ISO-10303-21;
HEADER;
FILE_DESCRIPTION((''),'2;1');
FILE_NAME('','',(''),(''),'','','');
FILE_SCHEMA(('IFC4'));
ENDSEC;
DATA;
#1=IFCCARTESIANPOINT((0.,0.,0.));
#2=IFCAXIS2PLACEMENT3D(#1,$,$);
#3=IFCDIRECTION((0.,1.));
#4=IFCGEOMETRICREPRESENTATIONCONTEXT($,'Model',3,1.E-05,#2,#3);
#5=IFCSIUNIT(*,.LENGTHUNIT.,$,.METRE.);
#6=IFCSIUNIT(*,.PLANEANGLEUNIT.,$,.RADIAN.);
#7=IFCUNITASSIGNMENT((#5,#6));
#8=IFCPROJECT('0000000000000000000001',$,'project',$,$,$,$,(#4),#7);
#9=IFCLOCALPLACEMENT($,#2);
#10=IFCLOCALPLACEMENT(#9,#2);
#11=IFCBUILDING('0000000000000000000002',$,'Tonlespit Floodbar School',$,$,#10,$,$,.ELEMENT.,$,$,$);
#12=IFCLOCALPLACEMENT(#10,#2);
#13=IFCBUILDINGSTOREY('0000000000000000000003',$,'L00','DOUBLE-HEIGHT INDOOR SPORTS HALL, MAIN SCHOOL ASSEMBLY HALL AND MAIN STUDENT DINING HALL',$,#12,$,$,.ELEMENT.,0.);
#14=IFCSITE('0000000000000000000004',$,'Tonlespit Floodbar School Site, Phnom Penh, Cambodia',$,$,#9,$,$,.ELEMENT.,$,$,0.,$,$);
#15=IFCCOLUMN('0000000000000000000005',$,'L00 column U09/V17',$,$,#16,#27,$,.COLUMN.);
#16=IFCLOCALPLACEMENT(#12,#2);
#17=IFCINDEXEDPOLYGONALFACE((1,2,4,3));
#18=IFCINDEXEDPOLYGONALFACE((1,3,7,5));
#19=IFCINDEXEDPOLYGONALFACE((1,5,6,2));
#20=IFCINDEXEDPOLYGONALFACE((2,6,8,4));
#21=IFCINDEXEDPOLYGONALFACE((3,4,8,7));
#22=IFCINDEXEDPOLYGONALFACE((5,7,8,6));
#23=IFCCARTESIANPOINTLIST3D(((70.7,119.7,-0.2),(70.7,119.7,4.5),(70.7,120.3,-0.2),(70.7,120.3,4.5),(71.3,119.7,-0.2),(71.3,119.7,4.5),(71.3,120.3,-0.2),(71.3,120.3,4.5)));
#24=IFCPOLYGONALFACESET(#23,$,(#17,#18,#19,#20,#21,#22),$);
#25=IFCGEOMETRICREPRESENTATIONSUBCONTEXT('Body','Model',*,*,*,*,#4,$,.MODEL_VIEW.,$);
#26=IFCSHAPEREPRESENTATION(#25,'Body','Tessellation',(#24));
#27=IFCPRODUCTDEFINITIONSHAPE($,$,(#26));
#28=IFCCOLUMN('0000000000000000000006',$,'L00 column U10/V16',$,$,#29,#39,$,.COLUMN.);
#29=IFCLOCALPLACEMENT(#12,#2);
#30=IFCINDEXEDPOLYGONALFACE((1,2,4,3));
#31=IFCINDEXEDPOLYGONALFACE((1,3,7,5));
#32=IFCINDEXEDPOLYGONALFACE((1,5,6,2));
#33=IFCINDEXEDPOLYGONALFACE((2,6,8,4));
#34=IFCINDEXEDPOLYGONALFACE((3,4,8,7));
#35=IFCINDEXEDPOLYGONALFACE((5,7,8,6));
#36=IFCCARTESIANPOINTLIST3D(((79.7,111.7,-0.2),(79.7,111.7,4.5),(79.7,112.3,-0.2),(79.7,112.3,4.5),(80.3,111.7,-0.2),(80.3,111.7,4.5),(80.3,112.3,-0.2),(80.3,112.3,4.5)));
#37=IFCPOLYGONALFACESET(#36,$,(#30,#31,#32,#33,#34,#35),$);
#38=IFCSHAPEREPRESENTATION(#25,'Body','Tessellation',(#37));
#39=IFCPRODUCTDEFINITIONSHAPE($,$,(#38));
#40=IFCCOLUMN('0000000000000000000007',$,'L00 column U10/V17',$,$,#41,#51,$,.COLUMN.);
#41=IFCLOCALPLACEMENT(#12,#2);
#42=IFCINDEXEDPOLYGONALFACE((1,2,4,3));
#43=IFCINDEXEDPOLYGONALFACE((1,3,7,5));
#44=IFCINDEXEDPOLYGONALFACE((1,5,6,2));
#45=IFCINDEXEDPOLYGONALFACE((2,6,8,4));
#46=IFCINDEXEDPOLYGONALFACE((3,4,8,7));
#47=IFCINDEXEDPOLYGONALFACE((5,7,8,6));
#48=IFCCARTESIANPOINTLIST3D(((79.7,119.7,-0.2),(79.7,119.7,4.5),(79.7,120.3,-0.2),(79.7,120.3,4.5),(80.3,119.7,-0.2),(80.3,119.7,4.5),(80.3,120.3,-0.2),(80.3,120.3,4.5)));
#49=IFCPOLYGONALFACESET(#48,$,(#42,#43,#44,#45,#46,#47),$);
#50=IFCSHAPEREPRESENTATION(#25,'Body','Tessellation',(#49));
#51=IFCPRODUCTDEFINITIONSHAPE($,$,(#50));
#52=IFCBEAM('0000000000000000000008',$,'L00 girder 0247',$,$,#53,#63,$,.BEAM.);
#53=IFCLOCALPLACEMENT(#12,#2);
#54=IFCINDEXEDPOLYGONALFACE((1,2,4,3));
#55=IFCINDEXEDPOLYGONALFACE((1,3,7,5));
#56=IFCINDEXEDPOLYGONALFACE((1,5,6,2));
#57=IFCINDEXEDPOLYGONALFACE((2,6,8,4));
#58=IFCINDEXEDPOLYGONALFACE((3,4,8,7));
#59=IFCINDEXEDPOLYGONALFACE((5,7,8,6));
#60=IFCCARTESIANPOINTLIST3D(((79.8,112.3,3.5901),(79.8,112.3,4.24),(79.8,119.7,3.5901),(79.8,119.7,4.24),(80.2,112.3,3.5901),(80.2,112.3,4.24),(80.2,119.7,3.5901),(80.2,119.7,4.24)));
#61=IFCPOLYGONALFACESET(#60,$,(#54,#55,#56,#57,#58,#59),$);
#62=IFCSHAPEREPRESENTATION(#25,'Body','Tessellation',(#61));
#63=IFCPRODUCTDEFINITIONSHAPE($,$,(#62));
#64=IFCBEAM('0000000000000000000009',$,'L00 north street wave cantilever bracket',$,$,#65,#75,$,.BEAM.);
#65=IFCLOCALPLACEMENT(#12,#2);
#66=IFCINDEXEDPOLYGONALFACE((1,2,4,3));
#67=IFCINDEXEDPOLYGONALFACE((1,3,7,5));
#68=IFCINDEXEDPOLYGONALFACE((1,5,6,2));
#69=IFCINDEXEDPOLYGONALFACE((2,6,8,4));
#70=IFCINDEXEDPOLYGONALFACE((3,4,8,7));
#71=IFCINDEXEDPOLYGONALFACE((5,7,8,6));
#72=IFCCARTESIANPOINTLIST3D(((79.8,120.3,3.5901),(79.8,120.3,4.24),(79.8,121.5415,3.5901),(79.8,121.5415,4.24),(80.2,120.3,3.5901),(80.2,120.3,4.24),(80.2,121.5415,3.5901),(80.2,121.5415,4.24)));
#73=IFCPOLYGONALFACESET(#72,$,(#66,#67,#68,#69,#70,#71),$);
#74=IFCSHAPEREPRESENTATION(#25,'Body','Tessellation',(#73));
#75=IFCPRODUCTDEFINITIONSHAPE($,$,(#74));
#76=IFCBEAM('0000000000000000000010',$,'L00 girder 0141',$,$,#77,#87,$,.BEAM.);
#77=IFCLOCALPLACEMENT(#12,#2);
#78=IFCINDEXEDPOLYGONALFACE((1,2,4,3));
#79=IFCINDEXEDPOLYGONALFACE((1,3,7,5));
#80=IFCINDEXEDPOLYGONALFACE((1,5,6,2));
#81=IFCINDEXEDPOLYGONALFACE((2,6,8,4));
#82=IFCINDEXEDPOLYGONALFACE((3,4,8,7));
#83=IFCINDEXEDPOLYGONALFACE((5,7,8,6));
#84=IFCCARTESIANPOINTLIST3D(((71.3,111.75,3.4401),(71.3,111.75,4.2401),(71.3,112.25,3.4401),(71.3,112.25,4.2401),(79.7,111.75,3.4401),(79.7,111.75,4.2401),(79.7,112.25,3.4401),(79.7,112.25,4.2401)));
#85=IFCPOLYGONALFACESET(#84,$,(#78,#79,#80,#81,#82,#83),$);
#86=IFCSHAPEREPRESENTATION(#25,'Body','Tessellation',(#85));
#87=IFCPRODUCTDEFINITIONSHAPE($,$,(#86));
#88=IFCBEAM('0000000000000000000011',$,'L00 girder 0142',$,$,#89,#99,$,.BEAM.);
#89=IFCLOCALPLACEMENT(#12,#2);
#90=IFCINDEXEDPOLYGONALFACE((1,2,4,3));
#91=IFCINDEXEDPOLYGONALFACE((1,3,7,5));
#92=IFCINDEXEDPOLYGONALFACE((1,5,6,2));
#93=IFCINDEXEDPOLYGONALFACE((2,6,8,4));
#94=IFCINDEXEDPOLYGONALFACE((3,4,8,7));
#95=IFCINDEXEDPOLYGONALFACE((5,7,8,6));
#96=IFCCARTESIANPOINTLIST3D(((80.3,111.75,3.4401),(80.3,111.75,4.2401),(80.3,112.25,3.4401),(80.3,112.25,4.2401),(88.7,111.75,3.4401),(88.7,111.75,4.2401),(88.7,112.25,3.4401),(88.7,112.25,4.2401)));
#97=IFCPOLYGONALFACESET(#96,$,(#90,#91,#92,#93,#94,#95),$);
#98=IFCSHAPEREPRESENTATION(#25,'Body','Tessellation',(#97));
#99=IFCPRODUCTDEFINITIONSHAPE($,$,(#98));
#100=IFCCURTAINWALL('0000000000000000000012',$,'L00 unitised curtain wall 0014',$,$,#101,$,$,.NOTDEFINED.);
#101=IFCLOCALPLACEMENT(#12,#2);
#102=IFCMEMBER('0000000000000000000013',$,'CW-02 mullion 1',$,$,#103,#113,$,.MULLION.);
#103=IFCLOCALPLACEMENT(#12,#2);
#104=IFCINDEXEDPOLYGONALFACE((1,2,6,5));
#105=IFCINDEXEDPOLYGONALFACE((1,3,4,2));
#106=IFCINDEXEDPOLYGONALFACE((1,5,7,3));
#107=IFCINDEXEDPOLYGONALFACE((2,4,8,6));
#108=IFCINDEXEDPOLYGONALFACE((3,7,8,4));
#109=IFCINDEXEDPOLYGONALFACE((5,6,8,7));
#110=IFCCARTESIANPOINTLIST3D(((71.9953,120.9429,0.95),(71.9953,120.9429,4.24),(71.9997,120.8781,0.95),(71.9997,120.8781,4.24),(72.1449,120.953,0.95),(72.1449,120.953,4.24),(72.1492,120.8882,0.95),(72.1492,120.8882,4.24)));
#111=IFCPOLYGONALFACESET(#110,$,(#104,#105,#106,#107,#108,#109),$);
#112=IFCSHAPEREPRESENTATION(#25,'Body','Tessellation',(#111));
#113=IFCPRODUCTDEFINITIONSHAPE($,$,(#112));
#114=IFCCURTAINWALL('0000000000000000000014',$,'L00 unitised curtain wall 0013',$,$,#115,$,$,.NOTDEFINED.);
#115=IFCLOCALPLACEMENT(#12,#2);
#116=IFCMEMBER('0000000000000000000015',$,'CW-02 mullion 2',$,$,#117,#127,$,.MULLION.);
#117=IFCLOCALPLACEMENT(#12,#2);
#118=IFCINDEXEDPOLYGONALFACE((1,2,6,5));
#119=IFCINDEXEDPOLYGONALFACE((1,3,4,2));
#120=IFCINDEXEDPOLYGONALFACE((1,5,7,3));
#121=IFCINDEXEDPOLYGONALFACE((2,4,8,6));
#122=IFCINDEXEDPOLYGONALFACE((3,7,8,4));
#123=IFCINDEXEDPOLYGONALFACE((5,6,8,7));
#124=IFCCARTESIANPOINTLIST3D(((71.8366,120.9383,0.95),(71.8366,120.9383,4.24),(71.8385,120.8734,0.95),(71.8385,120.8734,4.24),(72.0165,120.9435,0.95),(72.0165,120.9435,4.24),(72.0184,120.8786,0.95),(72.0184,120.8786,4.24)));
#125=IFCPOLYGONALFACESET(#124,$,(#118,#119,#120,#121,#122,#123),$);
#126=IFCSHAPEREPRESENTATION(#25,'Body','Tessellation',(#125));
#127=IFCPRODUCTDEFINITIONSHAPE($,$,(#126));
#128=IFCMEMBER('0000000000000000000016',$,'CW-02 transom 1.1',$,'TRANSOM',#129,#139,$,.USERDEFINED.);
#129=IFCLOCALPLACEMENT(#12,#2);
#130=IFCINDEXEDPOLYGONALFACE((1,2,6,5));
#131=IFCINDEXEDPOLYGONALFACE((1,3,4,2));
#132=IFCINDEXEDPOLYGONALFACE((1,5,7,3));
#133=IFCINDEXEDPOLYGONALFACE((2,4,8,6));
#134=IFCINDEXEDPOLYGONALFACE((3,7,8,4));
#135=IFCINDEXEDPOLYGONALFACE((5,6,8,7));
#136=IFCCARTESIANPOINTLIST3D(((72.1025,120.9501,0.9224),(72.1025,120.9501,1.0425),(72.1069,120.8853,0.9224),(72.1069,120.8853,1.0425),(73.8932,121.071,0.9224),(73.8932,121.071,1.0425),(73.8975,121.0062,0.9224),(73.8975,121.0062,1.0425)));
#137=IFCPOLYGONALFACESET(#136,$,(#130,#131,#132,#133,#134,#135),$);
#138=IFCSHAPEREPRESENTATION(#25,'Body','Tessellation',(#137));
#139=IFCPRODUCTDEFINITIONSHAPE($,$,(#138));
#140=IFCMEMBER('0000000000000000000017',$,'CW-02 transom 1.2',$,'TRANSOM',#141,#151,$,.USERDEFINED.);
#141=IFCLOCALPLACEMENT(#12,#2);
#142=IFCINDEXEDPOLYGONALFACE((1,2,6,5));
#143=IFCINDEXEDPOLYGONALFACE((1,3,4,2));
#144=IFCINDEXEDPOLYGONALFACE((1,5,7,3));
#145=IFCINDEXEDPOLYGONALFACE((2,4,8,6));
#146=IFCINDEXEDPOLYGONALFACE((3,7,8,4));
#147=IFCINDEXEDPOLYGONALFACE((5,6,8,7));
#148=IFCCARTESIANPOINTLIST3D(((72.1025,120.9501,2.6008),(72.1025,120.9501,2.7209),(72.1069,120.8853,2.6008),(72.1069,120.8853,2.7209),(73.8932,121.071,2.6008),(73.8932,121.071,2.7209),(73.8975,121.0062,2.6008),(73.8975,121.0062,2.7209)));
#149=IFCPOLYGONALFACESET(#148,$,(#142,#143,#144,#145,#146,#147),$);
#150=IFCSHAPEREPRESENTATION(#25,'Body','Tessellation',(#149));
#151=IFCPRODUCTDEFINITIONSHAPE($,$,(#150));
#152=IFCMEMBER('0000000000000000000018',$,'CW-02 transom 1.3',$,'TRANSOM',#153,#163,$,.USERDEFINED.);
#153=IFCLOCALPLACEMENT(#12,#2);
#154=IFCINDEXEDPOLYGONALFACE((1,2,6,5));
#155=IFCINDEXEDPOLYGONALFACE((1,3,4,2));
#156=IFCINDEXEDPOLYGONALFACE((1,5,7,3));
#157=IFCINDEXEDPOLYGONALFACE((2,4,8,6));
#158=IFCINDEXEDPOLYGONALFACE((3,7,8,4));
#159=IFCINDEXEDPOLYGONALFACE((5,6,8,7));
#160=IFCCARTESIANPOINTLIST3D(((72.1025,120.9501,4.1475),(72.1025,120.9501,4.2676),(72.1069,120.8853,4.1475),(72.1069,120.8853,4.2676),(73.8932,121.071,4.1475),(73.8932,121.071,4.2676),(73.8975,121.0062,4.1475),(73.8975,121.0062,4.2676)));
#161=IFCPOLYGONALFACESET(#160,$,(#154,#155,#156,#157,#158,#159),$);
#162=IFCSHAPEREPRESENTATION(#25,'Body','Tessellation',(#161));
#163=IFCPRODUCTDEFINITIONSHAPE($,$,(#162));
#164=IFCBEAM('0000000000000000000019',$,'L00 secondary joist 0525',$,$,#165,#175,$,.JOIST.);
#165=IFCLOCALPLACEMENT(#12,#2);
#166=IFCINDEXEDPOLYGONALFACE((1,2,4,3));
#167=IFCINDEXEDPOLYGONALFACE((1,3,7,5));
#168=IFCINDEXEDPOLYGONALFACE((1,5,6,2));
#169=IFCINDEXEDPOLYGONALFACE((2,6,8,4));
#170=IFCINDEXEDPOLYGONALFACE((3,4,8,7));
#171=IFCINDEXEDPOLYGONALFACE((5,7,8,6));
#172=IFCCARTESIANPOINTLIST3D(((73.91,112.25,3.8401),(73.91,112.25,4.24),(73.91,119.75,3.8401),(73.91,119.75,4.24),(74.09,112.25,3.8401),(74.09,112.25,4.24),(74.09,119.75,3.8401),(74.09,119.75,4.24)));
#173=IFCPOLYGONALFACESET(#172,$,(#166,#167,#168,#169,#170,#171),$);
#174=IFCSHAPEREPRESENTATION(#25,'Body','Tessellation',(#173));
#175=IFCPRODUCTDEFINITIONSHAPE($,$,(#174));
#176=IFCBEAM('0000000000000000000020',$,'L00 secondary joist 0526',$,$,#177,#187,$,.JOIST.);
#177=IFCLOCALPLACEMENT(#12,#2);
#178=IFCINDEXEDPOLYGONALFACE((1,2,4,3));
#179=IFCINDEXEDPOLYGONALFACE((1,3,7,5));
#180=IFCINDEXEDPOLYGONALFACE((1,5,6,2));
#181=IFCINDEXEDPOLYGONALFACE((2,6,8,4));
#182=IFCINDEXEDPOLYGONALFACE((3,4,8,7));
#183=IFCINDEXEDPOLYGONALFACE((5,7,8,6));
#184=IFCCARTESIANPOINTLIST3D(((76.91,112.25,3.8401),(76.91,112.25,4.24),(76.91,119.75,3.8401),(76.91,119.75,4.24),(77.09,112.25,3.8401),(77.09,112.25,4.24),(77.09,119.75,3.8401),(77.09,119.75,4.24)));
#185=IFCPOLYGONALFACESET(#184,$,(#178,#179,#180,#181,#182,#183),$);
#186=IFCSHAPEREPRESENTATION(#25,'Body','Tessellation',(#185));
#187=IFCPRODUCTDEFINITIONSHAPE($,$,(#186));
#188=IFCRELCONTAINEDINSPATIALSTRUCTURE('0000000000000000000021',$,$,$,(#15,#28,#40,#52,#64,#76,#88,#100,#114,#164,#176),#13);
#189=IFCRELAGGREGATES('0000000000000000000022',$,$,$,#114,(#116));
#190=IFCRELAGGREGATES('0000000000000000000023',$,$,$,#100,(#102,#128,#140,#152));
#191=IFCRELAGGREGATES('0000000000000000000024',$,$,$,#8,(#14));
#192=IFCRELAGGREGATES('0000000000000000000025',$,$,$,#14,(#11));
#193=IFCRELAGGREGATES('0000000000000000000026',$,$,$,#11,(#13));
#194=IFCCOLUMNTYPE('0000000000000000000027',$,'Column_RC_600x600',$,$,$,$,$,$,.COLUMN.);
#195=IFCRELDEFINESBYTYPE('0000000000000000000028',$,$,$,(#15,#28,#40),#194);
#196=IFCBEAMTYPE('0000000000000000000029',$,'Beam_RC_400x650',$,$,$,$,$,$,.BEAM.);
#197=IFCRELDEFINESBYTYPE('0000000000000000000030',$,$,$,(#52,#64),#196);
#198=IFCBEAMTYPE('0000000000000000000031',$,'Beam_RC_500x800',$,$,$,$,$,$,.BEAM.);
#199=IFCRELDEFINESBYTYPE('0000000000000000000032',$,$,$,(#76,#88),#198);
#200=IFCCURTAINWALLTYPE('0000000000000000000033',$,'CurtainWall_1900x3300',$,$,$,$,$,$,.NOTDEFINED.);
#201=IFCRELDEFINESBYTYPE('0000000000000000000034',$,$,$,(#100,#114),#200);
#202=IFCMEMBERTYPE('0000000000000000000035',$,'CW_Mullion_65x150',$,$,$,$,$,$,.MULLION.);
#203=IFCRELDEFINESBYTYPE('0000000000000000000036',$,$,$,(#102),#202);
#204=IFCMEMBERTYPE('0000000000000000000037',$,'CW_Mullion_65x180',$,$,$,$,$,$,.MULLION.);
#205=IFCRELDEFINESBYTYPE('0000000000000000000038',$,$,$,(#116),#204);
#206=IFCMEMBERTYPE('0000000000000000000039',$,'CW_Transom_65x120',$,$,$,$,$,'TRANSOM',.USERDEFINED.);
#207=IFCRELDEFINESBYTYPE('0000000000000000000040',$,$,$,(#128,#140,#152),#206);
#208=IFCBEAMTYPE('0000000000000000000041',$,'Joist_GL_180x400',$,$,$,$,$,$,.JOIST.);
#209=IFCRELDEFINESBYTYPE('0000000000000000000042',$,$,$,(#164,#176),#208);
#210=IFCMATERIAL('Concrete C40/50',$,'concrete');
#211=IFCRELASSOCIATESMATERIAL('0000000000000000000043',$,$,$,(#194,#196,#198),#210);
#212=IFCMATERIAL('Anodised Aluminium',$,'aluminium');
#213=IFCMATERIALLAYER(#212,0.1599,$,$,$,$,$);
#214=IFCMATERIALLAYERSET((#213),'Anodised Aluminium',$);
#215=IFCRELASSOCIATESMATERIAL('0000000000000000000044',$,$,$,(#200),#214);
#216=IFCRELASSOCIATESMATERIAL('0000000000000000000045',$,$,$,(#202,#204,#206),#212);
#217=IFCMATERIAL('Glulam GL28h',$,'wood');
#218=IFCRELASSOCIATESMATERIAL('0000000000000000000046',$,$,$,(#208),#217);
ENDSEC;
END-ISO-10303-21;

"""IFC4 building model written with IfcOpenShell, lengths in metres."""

from ifc_helpers import new_model, si_unit, direction, frame, origin, origin_2d, place, context, subcontext, project, spatial, rectangle, extrude, material, layer, layer_set, material_profile, profile_set, type_object, element, aggregate, save


model = new_model("IFC4")

# Units and contexts
model_context = context("Model", 3, precision=1e-05, world=origin(), true_north=direction((0.0, 1.0)))
body_context = subcontext(model_context, "Body", "Model", "MODEL_VIEW")
ifc_project = project(units=[si_unit("LENGTHUNIT", "METRE"), si_unit("PLANEANGLEUNIT", "RADIAN")], contexts=[model_context])

# Site, building, storey
site_placement = place(None, origin())
site = spatial("IfcSite", under=ifc_project, at=site_placement, Name="Tonlespit Floodbar School Site, Phnom Penh, Cambodia", CompositionType="ELEMENT", RefElevation=0.0)
building_placement = place(site_placement, origin())
building = spatial("IfcBuilding", under=site, at=building_placement, Name="Tonlespit Floodbar School", CompositionType="ELEMENT")
storey_placement = place(building_placement, origin())
storey = spatial("IfcBuildingStorey", under=building, at=storey_placement, Name="L00", Description="DOUBLE-HEIGHT INDOOR SPORTS HALL, MAIN SCHOOL ASSEMBLY HALL AND MAIN STUDENT DINING HALL", CompositionType="ELEMENT", Elevation=0.0)

# Shared definitions
ifc_material_1 = material(Name="Concrete C40/50", Category="concrete")

# Columns
ifc_material_profile_1 = material_profile(ifc_material_1, rectangle(XDim=0.6001, YDim=0.6001, at=origin_2d()), Name="RC 600x600")
ifc_profile_set_1 = profile_set([ifc_material_profile_1], Name="Concrete C40/50")
column_type = type_object("IfcColumnType", Name="Column_RC_600x600", PredefinedType="COLUMN", material=ifc_profile_set_1)
for number, where, z_axis, x_axis, name in (
    (1, (71.0, 120.0, -0.2), (0.0, 0.0, 1.0), (1.0, 0.0, 0.0), "L00 column U09/V17"),
    (2, (80.0, 112.0, -0.2), (0.0, 0.0, 1.0), (1.0, 0.0, 0.0), "L00 column U10/V16"),
    (3, (80.0, 120.0, -0.2), (0.0, 0.0, 1.0), (1.0, 0.0, 0.0), "L00 column U10/V17"),
):
    element("IfcColumn", number, at=place(storey_placement, frame(where, z_axis=z_axis, x_axis=x_axis)), inside=storey, type_object=column_type, Name=name, PredefinedType="COLUMN", context=body_context, shape_type="SweptSolid", body=[
        extrude(rectangle(XDim=0.6001, YDim=0.6001, at=origin_2d()), origin(), (0.0, 0.0, 1.0), 4.7),
    ])

# Beams
ifc_material_profile_2 = material_profile(ifc_material_1, rectangle(XDim=0.3999, YDim=0.6499, at=origin_2d()), Name="RC 400x650")
ifc_profile_set_2 = profile_set([ifc_material_profile_2], Name="Concrete C40/50")
beam_type_1 = type_object("IfcBeamType", Name="Beam_RC_400x650", PredefinedType="BEAM", material=ifc_profile_set_2)
beam_1_placement = place(storey_placement, frame((80.0, 112.3, 3.915), z_axis=(0.0, 1.0, 0.0), x_axis=(-1.0, 0.0, 0.0)))
element("IfcBeam", 4, at=beam_1_placement, inside=storey, type_object=beam_type_1, Name="L00 girder 0247", PredefinedType="BEAM", context=body_context, shape_type="SweptSolid", body=[
    extrude(rectangle(XDim=0.3999, YDim=0.6499, at=origin_2d()), origin(), (0.0, 0.0, 1.0), 7.3999),
])
beam_2_placement = place(storey_placement, frame((80.0, 120.3, 3.915), z_axis=(0.0, 1.0, 0.0), x_axis=(-1.0, 0.0, 0.0)))
element("IfcBeam", 5, at=beam_2_placement, inside=storey, type_object=beam_type_1, Name="L00 north street wave cantilever bracket", PredefinedType="BEAM", context=body_context, shape_type="SweptSolid", body=[
    extrude(rectangle(XDim=0.3999, YDim=0.6499, at=origin_2d()), origin(), (0.0, 0.0, 1.0), 1.2415),
])
ifc_material_profile_3 = material_profile(ifc_material_1, rectangle(XDim=0.5, YDim=0.8, at=origin_2d()), Name="RC 500x800")
ifc_profile_set_3 = profile_set([ifc_material_profile_3], Name="Concrete C40/50")
beam_type_2 = type_object("IfcBeamType", Name="Beam_RC_500x800", PredefinedType="BEAM", material=ifc_profile_set_3)
for number, where, z_axis, x_axis, name in (
    (6, (71.3, 112.0, 3.8401), (1.0, 0.0, 0.0), (0.0, 1.0, 0.0), "L00 girder 0141"),
    (7, (80.3, 112.0, 3.8401), (1.0, 0.0, 0.0), (0.0, 1.0, 0.0), "L00 girder 0142"),
):
    element("IfcBeam", number, at=place(storey_placement, frame(where, z_axis=z_axis, x_axis=x_axis)), inside=storey, type_object=beam_type_2, Name=name, PredefinedType="BEAM", context=body_context, shape_type="SweptSolid", body=[
        extrude(rectangle(XDim=0.5, YDim=0.8, at=origin_2d()), origin(), (0.0, 0.0, 1.0), 8.3999),
    ])

# Curtain walls, members
ifc_material_2 = material(Name="Anodised Aluminium", Category="aluminium")
ifc_layer_1 = layer(ifc_material_2, 0.1599)
ifc_layer_set_1 = layer_set([ifc_layer_1], Name="Anodised Aluminium")
curtain_wall_type = type_object("IfcCurtainWallType", Name="CurtainWall_1900x3300", PredefinedType="NOTDEFINED", material=ifc_layer_set_1)
curtain_wall_1_placement = place(storey_placement, origin())
curtain_wall_1 = element("IfcCurtainWall", 8, at=curtain_wall_1_placement, inside=storey, type_object=curtain_wall_type, Name="L00 unitised curtain wall 0014", PredefinedType="NOTDEFINED")
ifc_material_profile_4 = material_profile(ifc_material_2, rectangle(XDim=0.0649, YDim=0.1499, at=origin_2d()), Name="ALU M65x150")
ifc_profile_set_4 = profile_set([ifc_material_profile_4], Name="Anodised Aluminium")
member_type_1 = type_object("IfcMemberType", Name="CW_Mullion_65x150", PredefinedType="MULLION", material=ifc_profile_set_4)
member_1_placement = place(storey_placement, frame((72.0723, 120.9155, 0.95), z_axis=(0.0, 0.0, 1.0), x_axis=(-0.06734, 0.99773, 0.0)))
member_1 = element("IfcMember", 9, at=member_1_placement, type_object=member_type_1, Name="CW-02 mullion 1", PredefinedType="MULLION", context=body_context, shape_type="SweptSolid", body=[
    extrude(rectangle(XDim=0.0649, YDim=0.1499, at=origin_2d()), origin(), (0.0, 0.0, 1.0), 3.29),
])
curtain_wall_2_placement = place(storey_placement, origin())
curtain_wall_2 = element("IfcCurtainWall", 10, at=curtain_wall_2_placement, inside=storey, type_object=curtain_wall_type, Name="L00 unitised curtain wall 0013", PredefinedType="NOTDEFINED")
ifc_material_profile_5 = material_profile(ifc_material_2, rectangle(XDim=0.0649, YDim=0.1799, at=origin_2d()), Name="ALU M65x180")
ifc_profile_set_5 = profile_set([ifc_material_profile_5], Name="Anodised Aluminium")
member_type_2 = type_object("IfcMemberType", Name="CW_Mullion_65x180", PredefinedType="MULLION", material=ifc_profile_set_5)
member_2_placement = place(storey_placement, frame((71.9275, 120.9084, 0.95), z_axis=(0.0, 0.0, 1.0), x_axis=(-0.02879, 0.999585, 0.0)))
member_2 = element("IfcMember", 11, at=member_2_placement, type_object=member_type_2, Name="CW-02 mullion 2", PredefinedType="MULLION", context=body_context, shape_type="SweptSolid", body=[
    extrude(rectangle(XDim=0.0649, YDim=0.1799, at=origin_2d()), origin(), (0.0, 0.0, 1.0), 3.29),
])

# Members
ifc_material_profile_6 = material_profile(ifc_material_2, rectangle(XDim=0.0649, YDim=0.1201, at=origin_2d()), Name="ALU T65x120")
ifc_profile_set_6 = profile_set([ifc_material_profile_6], Name="Anodised Aluminium")
member_type_3 = type_object("IfcMemberType", Name="CW_Transom_65x120", ElementType="TRANSOM", PredefinedType="USERDEFINED", material=ifc_profile_set_6)
member_3_placement = place(storey_placement, frame((72.1047, 120.9177, 0.9824), z_axis=(0.99773, 0.067341, 0.0), x_axis=(-0.067341, 0.99773, 0.0)))
member_3 = element("IfcMember", 12, at=member_3_placement, type_object=member_type_3, Name="CW-02 transom 1.1", ObjectType="TRANSOM", PredefinedType="USERDEFINED", context=body_context, shape_type="SweptSolid", body=[
    extrude(rectangle(XDim=0.0649, YDim=0.1201, at=origin_2d()), origin(), (0.0, 0.0, 1.0), 1.7947),
])
member_4_placement = place(storey_placement, frame((72.1047, 120.9177, 2.6609), z_axis=(0.99773, 0.067341, 0.0), x_axis=(-0.067341, 0.99773, 0.0)))
member_4 = element("IfcMember", 13, at=member_4_placement, type_object=member_type_3, Name="CW-02 transom 1.2", ObjectType="TRANSOM", PredefinedType="USERDEFINED", context=body_context, shape_type="SweptSolid", body=[
    extrude(rectangle(XDim=0.0649, YDim=0.1201, at=origin_2d()), origin(), (0.0, 0.0, 1.0), 1.7947),
])
member_5_placement = place(storey_placement, frame((72.1047, 120.9177, 4.2075), z_axis=(0.99773, 0.067341, 0.0), x_axis=(-0.067341, 0.99773, 0.0)))
member_5 = element("IfcMember", 14, at=member_5_placement, type_object=member_type_3, Name="CW-02 transom 1.3", ObjectType="TRANSOM", PredefinedType="USERDEFINED", context=body_context, shape_type="SweptSolid", body=[
    extrude(rectangle(XDim=0.0649, YDim=0.1201, at=origin_2d()), origin(), (0.0, 0.0, 1.0), 1.7947),
])

# Beams
ifc_material_3 = material(Name="Glulam GL28h", Category="wood")
ifc_material_profile_7 = material_profile(ifc_material_3, rectangle(XDim=0.1799, YDim=0.3999, at=origin_2d()), Name="GL 180x400")
ifc_profile_set_7 = profile_set([ifc_material_profile_7], Name="Glulam GL28h")
beam_type_3 = type_object("IfcBeamType", Name="Joist_GL_180x400", PredefinedType="JOIST", material=ifc_profile_set_7)
for number, where, z_axis, x_axis, name in (
    (15, (74.0, 112.25, 4.04), (0.0, 1.0, 0.0), (-1.0, 0.0, 0.0), "L00 secondary joist 0525"),
    (16, (77.0, 112.25, 4.04), (0.0, 1.0, 0.0), (-1.0, 0.0, 0.0), "L00 secondary joist 0526"),
):
    element("IfcBeam", number, at=place(storey_placement, frame(where, z_axis=z_axis, x_axis=x_axis)), inside=storey, type_object=beam_type_3, Name=name, PredefinedType="JOIST", context=body_context, shape_type="SweptSolid", body=[
        extrude(rectangle(XDim=0.1799, YDim=0.3999, at=origin_2d()), origin(), (0.0, 0.0, 1.0), 7.5),
    ])

aggregate(curtain_wall_2, [member_2])
aggregate(curtain_wall_1, [member_1, member_3, member_4, member_5])

save(model, "model.ifc")
